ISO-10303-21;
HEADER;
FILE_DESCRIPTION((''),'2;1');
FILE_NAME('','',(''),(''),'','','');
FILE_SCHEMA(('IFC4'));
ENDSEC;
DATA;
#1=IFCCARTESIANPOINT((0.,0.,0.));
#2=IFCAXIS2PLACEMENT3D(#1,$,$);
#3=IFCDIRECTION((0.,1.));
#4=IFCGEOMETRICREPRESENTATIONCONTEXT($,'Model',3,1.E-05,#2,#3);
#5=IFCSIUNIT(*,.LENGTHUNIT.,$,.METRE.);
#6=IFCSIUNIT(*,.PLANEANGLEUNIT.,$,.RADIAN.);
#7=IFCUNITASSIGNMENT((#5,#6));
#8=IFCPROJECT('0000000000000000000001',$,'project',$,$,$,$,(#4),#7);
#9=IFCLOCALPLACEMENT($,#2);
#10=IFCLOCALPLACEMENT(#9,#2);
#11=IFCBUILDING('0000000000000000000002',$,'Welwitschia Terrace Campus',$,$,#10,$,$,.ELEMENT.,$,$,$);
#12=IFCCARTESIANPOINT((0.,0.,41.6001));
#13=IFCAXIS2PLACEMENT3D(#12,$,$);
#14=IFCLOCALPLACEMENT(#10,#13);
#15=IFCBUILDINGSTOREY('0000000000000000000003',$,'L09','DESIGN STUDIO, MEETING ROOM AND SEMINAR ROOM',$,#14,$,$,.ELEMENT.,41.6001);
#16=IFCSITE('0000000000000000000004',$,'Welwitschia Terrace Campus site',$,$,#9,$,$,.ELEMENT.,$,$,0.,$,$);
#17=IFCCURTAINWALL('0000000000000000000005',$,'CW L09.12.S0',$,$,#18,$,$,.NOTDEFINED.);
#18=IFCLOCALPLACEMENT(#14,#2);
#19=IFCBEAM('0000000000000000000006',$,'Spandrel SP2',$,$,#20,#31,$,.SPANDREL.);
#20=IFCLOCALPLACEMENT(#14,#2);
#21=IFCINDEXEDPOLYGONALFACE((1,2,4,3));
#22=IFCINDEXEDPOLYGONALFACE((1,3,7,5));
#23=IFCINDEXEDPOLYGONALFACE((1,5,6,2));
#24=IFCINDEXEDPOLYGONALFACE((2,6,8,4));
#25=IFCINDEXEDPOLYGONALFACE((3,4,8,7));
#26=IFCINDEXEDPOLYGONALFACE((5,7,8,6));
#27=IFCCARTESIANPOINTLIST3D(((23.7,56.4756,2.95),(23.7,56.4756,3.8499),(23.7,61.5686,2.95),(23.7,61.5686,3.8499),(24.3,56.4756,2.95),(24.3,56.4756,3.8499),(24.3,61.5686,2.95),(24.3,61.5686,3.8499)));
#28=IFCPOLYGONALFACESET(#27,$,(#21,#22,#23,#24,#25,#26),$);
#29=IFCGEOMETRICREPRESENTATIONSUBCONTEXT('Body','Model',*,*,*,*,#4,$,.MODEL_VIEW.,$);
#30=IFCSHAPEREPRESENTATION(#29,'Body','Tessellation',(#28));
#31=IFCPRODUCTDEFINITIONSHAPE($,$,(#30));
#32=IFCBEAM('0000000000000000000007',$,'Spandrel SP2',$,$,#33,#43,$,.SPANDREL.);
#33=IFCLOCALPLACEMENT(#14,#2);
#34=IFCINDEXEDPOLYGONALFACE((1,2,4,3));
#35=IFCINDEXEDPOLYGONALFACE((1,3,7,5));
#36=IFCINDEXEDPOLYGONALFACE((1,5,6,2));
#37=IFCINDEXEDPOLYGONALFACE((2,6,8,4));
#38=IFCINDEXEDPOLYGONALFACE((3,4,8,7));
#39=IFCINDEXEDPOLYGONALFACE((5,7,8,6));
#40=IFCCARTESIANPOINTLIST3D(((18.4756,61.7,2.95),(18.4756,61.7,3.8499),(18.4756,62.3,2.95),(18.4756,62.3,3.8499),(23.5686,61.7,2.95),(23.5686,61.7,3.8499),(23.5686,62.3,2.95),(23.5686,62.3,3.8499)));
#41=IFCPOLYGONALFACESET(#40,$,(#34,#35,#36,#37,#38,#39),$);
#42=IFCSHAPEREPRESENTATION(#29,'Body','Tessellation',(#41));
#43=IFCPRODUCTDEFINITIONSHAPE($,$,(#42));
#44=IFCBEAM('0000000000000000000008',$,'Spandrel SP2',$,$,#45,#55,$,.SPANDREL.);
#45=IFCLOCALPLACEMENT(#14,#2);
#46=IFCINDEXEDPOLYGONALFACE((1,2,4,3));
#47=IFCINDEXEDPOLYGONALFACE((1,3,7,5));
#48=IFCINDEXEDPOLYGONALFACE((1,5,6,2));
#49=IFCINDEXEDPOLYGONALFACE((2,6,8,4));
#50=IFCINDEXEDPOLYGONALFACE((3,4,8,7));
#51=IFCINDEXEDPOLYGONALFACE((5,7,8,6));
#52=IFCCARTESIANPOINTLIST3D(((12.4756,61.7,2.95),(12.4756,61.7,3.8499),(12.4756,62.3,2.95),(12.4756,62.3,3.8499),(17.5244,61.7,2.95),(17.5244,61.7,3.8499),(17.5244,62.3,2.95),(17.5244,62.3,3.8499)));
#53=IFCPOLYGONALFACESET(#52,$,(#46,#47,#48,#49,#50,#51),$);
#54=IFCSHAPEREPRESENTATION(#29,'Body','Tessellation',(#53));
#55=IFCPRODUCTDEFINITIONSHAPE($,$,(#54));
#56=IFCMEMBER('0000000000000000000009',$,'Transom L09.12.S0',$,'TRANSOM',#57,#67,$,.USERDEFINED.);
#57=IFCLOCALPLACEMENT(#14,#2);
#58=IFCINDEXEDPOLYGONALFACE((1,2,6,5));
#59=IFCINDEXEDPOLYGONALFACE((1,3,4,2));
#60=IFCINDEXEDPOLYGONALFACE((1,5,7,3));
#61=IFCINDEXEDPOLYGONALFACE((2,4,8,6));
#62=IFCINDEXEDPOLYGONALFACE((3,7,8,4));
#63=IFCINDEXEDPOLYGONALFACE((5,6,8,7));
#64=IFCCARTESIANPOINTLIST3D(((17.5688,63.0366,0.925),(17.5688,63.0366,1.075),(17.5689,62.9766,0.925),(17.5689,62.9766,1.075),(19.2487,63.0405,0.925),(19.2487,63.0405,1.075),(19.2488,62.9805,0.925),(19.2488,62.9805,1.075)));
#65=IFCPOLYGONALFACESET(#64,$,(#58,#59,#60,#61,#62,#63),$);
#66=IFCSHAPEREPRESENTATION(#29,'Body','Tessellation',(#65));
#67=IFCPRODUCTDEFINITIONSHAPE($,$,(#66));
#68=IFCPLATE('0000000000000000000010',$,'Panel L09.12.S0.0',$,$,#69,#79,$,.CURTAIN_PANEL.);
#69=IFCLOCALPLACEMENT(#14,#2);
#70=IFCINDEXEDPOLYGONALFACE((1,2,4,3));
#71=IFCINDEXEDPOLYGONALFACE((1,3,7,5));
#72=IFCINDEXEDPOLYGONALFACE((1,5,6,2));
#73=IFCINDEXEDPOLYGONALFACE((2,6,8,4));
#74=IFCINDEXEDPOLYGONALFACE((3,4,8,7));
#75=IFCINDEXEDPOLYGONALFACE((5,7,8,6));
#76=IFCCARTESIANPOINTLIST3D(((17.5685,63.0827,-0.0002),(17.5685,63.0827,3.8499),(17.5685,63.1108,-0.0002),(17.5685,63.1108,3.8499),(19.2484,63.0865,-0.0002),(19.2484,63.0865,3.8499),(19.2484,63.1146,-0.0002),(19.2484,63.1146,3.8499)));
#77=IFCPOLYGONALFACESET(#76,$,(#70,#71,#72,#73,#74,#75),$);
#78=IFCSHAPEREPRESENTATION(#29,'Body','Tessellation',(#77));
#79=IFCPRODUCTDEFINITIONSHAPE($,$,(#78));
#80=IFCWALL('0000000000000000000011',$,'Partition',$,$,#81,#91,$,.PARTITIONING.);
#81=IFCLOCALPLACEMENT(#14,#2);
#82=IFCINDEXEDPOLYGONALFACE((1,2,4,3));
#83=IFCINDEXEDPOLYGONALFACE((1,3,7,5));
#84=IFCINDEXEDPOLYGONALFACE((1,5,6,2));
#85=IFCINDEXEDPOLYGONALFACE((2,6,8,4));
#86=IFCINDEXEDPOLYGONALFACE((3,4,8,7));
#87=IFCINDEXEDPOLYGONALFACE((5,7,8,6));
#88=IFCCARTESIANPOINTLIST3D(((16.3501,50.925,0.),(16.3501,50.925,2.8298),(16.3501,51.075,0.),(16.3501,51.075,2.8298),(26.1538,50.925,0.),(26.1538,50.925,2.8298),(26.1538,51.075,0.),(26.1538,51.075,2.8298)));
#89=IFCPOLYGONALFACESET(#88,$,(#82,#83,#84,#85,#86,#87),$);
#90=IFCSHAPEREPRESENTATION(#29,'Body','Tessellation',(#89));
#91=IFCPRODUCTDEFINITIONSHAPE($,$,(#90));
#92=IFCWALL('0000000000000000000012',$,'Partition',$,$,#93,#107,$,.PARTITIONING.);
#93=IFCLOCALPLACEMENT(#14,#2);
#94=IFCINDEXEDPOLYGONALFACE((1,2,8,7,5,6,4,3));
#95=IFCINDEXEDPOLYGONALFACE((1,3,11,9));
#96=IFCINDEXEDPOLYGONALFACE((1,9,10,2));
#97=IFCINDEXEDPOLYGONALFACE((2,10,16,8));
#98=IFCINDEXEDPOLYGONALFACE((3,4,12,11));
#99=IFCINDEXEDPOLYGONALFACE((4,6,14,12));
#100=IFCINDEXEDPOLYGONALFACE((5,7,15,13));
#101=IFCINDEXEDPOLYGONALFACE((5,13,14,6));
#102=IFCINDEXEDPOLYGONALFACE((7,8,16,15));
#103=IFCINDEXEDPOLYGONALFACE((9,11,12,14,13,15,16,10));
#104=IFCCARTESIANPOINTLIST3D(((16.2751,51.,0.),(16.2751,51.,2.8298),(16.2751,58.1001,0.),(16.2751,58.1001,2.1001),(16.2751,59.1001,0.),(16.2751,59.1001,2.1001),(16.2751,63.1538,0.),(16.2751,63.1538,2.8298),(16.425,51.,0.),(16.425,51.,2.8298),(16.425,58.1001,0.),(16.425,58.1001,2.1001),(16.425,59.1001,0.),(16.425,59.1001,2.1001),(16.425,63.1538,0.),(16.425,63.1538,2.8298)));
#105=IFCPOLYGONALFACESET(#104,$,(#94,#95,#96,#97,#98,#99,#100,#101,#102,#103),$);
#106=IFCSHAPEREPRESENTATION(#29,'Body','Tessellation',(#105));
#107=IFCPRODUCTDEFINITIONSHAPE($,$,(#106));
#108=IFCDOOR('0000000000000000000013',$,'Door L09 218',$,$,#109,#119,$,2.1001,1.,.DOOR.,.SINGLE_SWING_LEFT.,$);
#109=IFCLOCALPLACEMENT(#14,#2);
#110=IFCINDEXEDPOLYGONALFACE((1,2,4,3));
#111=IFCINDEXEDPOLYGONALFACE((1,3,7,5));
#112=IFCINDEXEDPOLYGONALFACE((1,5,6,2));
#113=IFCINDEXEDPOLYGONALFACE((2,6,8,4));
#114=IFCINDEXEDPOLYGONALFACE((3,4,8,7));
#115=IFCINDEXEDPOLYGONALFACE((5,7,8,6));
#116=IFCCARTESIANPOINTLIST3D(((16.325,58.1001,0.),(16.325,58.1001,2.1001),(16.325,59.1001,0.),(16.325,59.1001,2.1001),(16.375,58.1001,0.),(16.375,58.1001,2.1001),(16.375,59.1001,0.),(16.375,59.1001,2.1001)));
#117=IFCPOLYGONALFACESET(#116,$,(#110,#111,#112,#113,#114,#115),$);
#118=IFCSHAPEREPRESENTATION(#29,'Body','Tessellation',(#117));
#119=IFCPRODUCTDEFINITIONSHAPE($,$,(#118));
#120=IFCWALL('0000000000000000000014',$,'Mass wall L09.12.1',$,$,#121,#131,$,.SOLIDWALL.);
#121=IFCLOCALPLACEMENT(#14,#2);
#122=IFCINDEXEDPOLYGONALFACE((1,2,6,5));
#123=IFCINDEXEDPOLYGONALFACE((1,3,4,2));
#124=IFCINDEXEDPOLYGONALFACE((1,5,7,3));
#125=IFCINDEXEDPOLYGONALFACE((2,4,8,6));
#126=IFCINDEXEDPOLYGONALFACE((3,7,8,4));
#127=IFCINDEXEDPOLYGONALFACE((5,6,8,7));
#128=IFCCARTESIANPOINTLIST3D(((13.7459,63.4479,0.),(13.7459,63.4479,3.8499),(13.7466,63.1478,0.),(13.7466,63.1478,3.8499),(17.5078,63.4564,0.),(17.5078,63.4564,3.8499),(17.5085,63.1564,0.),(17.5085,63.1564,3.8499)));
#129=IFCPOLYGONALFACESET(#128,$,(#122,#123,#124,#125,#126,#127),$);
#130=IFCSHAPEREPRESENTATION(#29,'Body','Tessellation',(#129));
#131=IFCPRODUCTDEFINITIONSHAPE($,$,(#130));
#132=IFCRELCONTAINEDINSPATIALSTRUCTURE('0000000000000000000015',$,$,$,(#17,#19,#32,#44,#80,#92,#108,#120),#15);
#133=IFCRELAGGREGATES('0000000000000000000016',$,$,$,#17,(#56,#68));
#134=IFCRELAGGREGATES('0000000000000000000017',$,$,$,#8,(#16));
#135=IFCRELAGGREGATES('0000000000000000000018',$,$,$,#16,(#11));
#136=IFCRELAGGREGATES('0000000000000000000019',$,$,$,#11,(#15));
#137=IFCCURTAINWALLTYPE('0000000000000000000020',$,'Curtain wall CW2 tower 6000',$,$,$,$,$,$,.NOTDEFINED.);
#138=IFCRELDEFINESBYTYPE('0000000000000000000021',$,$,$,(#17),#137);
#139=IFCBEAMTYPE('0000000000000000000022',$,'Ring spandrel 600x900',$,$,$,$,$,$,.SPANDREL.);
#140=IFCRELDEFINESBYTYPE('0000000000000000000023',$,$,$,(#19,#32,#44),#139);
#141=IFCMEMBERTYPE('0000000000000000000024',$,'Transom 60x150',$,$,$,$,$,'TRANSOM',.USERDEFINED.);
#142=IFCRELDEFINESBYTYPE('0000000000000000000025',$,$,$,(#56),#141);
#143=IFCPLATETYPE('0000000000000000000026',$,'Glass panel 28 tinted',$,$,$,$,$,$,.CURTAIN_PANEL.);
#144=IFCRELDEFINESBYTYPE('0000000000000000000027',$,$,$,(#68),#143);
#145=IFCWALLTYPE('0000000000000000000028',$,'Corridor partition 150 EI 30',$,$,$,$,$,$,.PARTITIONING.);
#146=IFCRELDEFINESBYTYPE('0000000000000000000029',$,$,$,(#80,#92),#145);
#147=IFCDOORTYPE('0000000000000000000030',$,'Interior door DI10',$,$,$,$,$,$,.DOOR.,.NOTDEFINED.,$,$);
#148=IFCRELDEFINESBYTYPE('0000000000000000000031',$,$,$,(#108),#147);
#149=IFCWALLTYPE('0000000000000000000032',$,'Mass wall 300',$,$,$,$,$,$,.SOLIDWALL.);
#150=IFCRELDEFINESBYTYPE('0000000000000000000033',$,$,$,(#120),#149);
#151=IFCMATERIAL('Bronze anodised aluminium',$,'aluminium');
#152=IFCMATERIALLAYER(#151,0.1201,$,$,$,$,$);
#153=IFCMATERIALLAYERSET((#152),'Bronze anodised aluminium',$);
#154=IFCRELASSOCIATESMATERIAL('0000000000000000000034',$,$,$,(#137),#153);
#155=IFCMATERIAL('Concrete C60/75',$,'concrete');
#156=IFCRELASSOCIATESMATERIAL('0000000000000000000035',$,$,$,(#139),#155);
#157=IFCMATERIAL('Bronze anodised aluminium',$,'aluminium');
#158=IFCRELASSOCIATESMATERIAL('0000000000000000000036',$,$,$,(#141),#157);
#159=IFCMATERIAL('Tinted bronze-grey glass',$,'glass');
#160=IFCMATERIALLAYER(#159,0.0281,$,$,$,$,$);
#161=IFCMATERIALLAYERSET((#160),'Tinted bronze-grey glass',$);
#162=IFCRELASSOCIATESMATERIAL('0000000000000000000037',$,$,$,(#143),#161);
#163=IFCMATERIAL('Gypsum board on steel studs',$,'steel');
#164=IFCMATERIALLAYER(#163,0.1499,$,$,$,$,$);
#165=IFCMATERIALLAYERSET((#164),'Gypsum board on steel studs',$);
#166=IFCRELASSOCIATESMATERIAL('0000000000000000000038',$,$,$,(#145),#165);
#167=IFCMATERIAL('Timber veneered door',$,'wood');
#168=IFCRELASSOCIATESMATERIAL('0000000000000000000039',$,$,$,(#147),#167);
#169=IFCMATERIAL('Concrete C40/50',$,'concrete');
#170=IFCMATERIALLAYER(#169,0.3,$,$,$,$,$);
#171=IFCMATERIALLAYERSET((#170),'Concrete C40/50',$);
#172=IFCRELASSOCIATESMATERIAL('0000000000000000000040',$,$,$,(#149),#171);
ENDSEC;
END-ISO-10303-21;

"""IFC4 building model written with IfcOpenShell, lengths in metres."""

from ifc_helpers import new_model, si_unit, direction, frame, frame_2d, origin, origin_2d, place, context, subcontext, project, spatial, rectangle, extrude, material, layer, layer_set, material_profile, profile_set, type_object, element, fill, aggregate, save


model = new_model("IFC4")

# Units and contexts
model_context = context("Model", 3, precision=1e-05, world=origin(), true_north=direction((0.0, 1.0)))
body_context = subcontext(model_context, "Body", "Model", "MODEL_VIEW")
ifc_project = project(units=[si_unit("LENGTHUNIT", "METRE"), si_unit("PLANEANGLEUNIT", "RADIAN")], contexts=[model_context])

# Site, building, storey
site_placement = place(None, origin())
site = spatial("IfcSite", under=ifc_project, at=site_placement, Name="Welwitschia Terrace Campus site", CompositionType="ELEMENT", RefElevation=0.0)
building_placement = place(site_placement, origin())
building = spatial("IfcBuilding", under=site, at=building_placement, Name="Welwitschia Terrace Campus", CompositionType="ELEMENT")
storey_placement = place(building_placement, frame((0.0, 0.0, 41.6001)))
storey = spatial("IfcBuildingStorey", under=building, at=storey_placement, Name="L09", Description="DESIGN STUDIO, MEETING ROOM AND SEMINAR ROOM", CompositionType="ELEMENT", Elevation=41.6001)

# Curtain wall
ifc_material_1 = material(Name="Bronze anodised aluminium", Category="aluminium")
ifc_layer_1 = layer(ifc_material_1, 0.1201)
ifc_layer_set_1 = layer_set([ifc_layer_1], Name="Bronze anodised aluminium")
curtain_wall_type = type_object("IfcCurtainWallType", Name="Curtain wall CW2 tower 6000", PredefinedType="NOTDEFINED", material=ifc_layer_set_1)
curtain_wall_placement = place(storey_placement, origin())
curtain_wall = element("IfcCurtainWall", 1, at=curtain_wall_placement, inside=storey, type_object=curtain_wall_type, Name="CW L09.12.S0", PredefinedType="NOTDEFINED")

# Beams
ifc_material_2 = material(Name="Concrete C60/75", Category="concrete")
ifc_material_profile_1 = material_profile(ifc_material_2, rectangle(XDim=0.6001, YDim=0.8999, at=origin_2d()))
ifc_profile_set_1 = profile_set([ifc_material_profile_1], Name="Concrete C60/75")
beam_type_1 = type_object("IfcBeamType", Name="Ring spandrel 600x900", PredefinedType="SPANDREL", material=ifc_profile_set_1)
for number, where, z_axis, x_axis, name in (
    (2, (24.0, 56.4756, 3.3999), (0.0, 1.0, 0.0), (-1.0, 0.0, 0.0), "Spandrel SP2"),
    (3, (23.5686, 62.0, 3.3999), (-1.0, 0.0, 0.0), (0.0, -1.0, 0.0), "Spandrel SP2"),
):
    element("IfcBeam", number, at=place(storey_placement, frame(where, z_axis=z_axis, x_axis=x_axis)), inside=storey, type_object=beam_type_1, Name=name, PredefinedType="SPANDREL", context=body_context, shape_type="SweptSolid", body=[
        extrude(rectangle(XDim=0.6001, YDim=0.8999, at=origin_2d()), origin(), (0.0, 0.0, 1.0), 5.093),
    ])
beam_1_placement = place(storey_placement, frame((17.5244, 62.0, 3.3999), z_axis=(-1.0, 0.0, 0.0), x_axis=(0.0, -1.0, 0.0)))
element("IfcBeam", 4, at=beam_1_placement, inside=storey, type_object=beam_type_1, Name="Spandrel SP2", PredefinedType="SPANDREL", context=body_context, shape_type="SweptSolid", body=[
    extrude(rectangle(XDim=0.6001, YDim=0.8999, at=origin_2d()), origin(), (0.0, 0.0, 1.0), 5.0488),
])

# Member
ifc_material_3 = material(Name="Bronze anodised aluminium", Category="aluminium")
ifc_material_profile_2 = material_profile(ifc_material_3, rectangle(XDim=0.0601, YDim=0.1499, at=origin_2d()))
ifc_profile_set_2 = profile_set([ifc_material_profile_2], Name="Bronze anodised aluminium")
member_type_1 = type_object("IfcMemberType", Name="Transom 60x150", ElementType="TRANSOM", PredefinedType="USERDEFINED", material=ifc_profile_set_2)
member_1_placement = place(storey_placement, frame((19.2488, 63.0105, 1.0), z_axis=(-0.999997, -0.002325, 0.0), x_axis=(0.002325, -0.999997, 0.0)))
member_1 = element("IfcMember", 5, at=member_1_placement, type_object=member_type_1, Name="Transom L09.12.S0", ObjectType="TRANSOM", PredefinedType="USERDEFINED", context=body_context, shape_type="SweptSolid", body=[
    extrude(rectangle(XDim=0.0601, YDim=0.1499, at=origin_2d()), origin(), (0.0, 0.0, 1.0), 1.6799),
])

# Plate
ifc_material_4 = material(Name="Tinted bronze-grey glass", Category="glass")
ifc_layer_2 = layer(ifc_material_4, 0.0281)
ifc_layer_set_2 = layer_set([ifc_layer_2], Name="Tinted bronze-grey glass")
plate_type = type_object("IfcPlateType", Name="Glass panel 28 tinted", PredefinedType="CURTAIN_PANEL", material=ifc_layer_set_2)
plate_placement = place(storey_placement, frame((18.4084, 63.0986, -0.0002), z_axis=(0.0, 0.0, 1.0), x_axis=(-0.999997, -0.002277, 0.0)))
plate = element("IfcPlate", 6, at=plate_placement, type_object=plate_type, Name="Panel L09.12.S0.0", PredefinedType="CURTAIN_PANEL", context=body_context, shape_type="SweptSolid", body=[
    extrude(rectangle(XDim=1.6799, YDim=0.0281, at=origin_2d()), origin(), (0.0, 0.0, 1.0), 3.8501),
])
aggregate(curtain_wall, [member_1, plate])

# Wall
ifc_material_5 = material(Name="Gypsum board on steel studs", Category="steel")
ifc_layer_3 = layer(ifc_material_5, 0.1499)
ifc_layer_set_3 = layer_set([ifc_layer_3], Name="Gypsum board on steel studs")
wall_type_1 = type_object("IfcWallType", Name="Corridor partition 150 EI 30", PredefinedType="PARTITIONING", material=ifc_layer_set_3)
wall_1_placement = place(storey_placement, frame((16.3501, 51.0, 0.0), z_axis=(0.0, 0.0, 1.0), x_axis=(1.0, 0.0, 0.0)))
element("IfcWall", 7, at=wall_1_placement, inside=storey, type_object=wall_type_1, Name="Partition", PredefinedType="PARTITIONING", context=body_context, shape_type="SweptSolid", body=[
    extrude(rectangle(XDim=9.8037, YDim=0.1499, at=frame_2d((4.9019, 0.0))), origin(), (0.0, 0.0, 1.0), 2.8298),
])

# Wall, opening, door
wall_2_placement = place(storey_placement, frame((16.3501, 63.1538, 0.0), z_axis=(0.0, 0.0, 1.0), x_axis=(0.0, -1.0, 0.0)))
wall_2 = element("IfcWall", 8, at=wall_2_placement, inside=storey, type_object=wall_type_1, Name="Partition", PredefinedType="PARTITIONING", context=body_context, shape_type="SweptSolid", body=[
    extrude(rectangle(XDim=12.1538, YDim=0.1499, at=frame_2d((6.0769, 0.0))), origin(), (0.0, 0.0, 1.0), 2.8298),
])
opening_placement = place(wall_2_placement, frame((4.0537, 0.0, 0.0)))
opening = element("IfcOpeningElement", 9, at=opening_placement, cuts=wall_2, PredefinedType="OPENING", context=body_context, shape_type="SweptSolid", body=[
    extrude(rectangle(XDim=1.0, YDim=2.1001, at=frame_2d((0.5, 1.05))), frame((0.0, 0.085, 0.0), z_axis=(0.0, -1.0, 0.0), x_axis=(1.0, 0.0, 0.0)), (0.0, 0.0, 1.0), 0.1699),
])
ifc_material_6 = material(Name="Timber veneered door", Category="wood")
door_type = type_object("IfcDoorType", Name="Interior door DI10", OperationType="NOTDEFINED", PredefinedType="DOOR", material=ifc_material_6)
door_placement = place(opening_placement, origin())
door = element("IfcDoor", 10, at=door_placement, inside=storey, type_object=door_type, Name="Door L09 218", OperationType="SINGLE_SWING_LEFT", OverallHeight=2.1001, OverallWidth=1.0, PredefinedType="DOOR", context=body_context, shape_type="SweptSolid", body=[
    extrude(rectangle(XDim=1.0, YDim=2.1001, at=frame_2d((0.5, 1.05))), frame((0.0, 0.0249, 0.0), z_axis=(0.0, -1.0, 0.0), x_axis=(1.0, 0.0, 0.0)), (0.0, 0.0, 1.0), 0.05),
])
fill(opening, door)

# Wall
ifc_material_7 = material(Name="Concrete C40/50", Category="concrete")
ifc_layer_4 = layer(ifc_material_7, 0.3)
ifc_layer_set_4 = layer_set([ifc_layer_4], Name="Concrete C40/50")
wall_type_2 = type_object("IfcWallType", Name="Mass wall 300", PredefinedType="SOLIDWALL", material=ifc_layer_set_4)
wall_3_placement = place(storey_placement, frame((17.5081, 63.3064, 0.0), z_axis=(0.0, 0.0, 1.0), x_axis=(-0.999997, -0.002271, 0.0)))
element("IfcWall", 11, at=wall_3_placement, inside=storey, type_object=wall_type_2, Name="Mass wall L09.12.1", PredefinedType="SOLIDWALL", context=body_context, shape_type="SweptSolid", body=[
    extrude(rectangle(XDim=3.762, YDim=0.3, at=frame_2d((1.8809, 0.0))), origin(), (0.0, 0.0, 1.0), 3.8499),
])

save(model, "model.ifc")
